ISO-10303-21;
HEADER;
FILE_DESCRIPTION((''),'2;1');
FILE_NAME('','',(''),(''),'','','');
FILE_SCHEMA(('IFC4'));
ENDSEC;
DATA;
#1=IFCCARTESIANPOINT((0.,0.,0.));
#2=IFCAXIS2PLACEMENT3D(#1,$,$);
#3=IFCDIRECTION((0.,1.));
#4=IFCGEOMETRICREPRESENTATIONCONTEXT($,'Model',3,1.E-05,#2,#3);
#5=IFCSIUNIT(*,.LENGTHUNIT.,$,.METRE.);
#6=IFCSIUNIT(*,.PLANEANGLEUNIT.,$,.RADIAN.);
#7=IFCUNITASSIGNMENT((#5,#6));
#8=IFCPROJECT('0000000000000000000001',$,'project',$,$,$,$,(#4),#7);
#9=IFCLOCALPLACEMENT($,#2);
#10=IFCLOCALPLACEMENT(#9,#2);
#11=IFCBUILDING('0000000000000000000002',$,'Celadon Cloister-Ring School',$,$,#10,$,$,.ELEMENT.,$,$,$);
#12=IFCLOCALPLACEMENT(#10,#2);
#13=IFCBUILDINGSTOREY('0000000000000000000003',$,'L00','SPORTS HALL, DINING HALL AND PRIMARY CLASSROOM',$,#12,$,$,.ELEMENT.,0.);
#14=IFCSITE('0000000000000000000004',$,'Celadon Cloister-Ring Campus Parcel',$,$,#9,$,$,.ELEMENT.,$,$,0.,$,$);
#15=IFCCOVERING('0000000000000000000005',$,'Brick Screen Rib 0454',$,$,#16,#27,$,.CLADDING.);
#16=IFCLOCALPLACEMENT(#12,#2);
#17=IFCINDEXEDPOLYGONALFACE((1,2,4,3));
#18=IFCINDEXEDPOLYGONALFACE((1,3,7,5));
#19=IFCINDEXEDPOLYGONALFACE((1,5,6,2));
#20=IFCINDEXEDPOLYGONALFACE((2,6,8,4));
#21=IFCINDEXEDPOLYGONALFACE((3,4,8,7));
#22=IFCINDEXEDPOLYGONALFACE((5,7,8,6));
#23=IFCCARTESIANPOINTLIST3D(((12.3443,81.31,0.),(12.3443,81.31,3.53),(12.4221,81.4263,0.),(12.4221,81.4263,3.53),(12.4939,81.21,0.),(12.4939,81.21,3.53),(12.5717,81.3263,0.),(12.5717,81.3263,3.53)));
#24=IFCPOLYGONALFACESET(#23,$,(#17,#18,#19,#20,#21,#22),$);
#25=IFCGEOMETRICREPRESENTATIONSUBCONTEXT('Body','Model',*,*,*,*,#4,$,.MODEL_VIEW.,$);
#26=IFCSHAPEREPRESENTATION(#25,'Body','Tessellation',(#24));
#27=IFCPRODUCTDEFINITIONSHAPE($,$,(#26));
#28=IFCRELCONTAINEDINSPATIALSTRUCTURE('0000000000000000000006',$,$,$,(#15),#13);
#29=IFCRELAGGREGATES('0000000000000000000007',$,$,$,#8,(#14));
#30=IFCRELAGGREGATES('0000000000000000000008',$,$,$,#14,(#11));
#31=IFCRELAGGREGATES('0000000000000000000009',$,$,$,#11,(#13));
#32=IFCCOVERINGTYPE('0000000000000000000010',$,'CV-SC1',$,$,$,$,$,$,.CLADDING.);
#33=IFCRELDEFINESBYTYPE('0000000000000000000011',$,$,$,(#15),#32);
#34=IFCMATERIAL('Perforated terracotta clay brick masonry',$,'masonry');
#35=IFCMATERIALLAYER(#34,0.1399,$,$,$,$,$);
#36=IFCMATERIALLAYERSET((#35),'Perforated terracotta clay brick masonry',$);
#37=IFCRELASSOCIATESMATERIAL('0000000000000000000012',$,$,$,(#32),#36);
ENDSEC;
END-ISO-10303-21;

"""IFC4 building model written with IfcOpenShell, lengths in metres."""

from ifc_helpers import new_model, si_unit, direction, frame, origin, origin_2d, place, context, subcontext, project, spatial, rectangle, extrude, material, layer, layer_set, type_object, element, save


model = new_model("IFC4")

# Units and contexts
model_context = context("Model", 3, precision=1e-05, world=origin(), true_north=direction((0.0, 1.0)))
body_context = subcontext(model_context, "Body", "Model", "MODEL_VIEW")
ifc_project = project(units=[si_unit("LENGTHUNIT", "METRE"), si_unit("PLANEANGLEUNIT", "RADIAN")], contexts=[model_context])

# Site, building, storey
site_placement = place(None, origin())
site = spatial("IfcSite", under=ifc_project, at=site_placement, Name="Celadon Cloister-Ring Campus Parcel", CompositionType="ELEMENT", RefElevation=0.0)
building_placement = place(site_placement, origin())
building = spatial("IfcBuilding", under=site, at=building_placement, Name="Celadon Cloister-Ring School", CompositionType="ELEMENT")
storey_placement = place(building_placement, origin())
storey = spatial("IfcBuildingStorey", under=building, at=storey_placement, Name="L00", Description="SPORTS HALL, DINING HALL AND PRIMARY CLASSROOM", CompositionType="ELEMENT", Elevation=0.0)

# Covering
ifc_material_1 = material(Name="Perforated terracotta clay brick masonry", Category="masonry")
ifc_layer_1 = layer(ifc_material_1, 0.1399)
ifc_layer_set_1 = layer_set([ifc_layer_1], Name="Perforated terracotta clay brick masonry")
covering_type = type_object("IfcCoveringType", Name="CV-SC1", PredefinedType="CLADDING", material=ifc_layer_set_1)
covering_placement = place(storey_placement, frame((12.458, 81.3181, 0.0), z_axis=(0.0, 0.0, 1.0), x_axis=(-0.831392, 0.555686, 0.0)))
element("IfcCovering", 1, at=covering_placement, inside=storey, type_object=covering_type, Name="Brick Screen Rib 0454", PredefinedType="CLADDING", context=body_context, shape_type="SweptSolid", body=[
    extrude(rectangle(XDim=0.1799, YDim=0.1399, at=origin_2d()), origin(), (0.0, 0.0, 1.0), 3.53),
])

save(model, "model.ifc")
